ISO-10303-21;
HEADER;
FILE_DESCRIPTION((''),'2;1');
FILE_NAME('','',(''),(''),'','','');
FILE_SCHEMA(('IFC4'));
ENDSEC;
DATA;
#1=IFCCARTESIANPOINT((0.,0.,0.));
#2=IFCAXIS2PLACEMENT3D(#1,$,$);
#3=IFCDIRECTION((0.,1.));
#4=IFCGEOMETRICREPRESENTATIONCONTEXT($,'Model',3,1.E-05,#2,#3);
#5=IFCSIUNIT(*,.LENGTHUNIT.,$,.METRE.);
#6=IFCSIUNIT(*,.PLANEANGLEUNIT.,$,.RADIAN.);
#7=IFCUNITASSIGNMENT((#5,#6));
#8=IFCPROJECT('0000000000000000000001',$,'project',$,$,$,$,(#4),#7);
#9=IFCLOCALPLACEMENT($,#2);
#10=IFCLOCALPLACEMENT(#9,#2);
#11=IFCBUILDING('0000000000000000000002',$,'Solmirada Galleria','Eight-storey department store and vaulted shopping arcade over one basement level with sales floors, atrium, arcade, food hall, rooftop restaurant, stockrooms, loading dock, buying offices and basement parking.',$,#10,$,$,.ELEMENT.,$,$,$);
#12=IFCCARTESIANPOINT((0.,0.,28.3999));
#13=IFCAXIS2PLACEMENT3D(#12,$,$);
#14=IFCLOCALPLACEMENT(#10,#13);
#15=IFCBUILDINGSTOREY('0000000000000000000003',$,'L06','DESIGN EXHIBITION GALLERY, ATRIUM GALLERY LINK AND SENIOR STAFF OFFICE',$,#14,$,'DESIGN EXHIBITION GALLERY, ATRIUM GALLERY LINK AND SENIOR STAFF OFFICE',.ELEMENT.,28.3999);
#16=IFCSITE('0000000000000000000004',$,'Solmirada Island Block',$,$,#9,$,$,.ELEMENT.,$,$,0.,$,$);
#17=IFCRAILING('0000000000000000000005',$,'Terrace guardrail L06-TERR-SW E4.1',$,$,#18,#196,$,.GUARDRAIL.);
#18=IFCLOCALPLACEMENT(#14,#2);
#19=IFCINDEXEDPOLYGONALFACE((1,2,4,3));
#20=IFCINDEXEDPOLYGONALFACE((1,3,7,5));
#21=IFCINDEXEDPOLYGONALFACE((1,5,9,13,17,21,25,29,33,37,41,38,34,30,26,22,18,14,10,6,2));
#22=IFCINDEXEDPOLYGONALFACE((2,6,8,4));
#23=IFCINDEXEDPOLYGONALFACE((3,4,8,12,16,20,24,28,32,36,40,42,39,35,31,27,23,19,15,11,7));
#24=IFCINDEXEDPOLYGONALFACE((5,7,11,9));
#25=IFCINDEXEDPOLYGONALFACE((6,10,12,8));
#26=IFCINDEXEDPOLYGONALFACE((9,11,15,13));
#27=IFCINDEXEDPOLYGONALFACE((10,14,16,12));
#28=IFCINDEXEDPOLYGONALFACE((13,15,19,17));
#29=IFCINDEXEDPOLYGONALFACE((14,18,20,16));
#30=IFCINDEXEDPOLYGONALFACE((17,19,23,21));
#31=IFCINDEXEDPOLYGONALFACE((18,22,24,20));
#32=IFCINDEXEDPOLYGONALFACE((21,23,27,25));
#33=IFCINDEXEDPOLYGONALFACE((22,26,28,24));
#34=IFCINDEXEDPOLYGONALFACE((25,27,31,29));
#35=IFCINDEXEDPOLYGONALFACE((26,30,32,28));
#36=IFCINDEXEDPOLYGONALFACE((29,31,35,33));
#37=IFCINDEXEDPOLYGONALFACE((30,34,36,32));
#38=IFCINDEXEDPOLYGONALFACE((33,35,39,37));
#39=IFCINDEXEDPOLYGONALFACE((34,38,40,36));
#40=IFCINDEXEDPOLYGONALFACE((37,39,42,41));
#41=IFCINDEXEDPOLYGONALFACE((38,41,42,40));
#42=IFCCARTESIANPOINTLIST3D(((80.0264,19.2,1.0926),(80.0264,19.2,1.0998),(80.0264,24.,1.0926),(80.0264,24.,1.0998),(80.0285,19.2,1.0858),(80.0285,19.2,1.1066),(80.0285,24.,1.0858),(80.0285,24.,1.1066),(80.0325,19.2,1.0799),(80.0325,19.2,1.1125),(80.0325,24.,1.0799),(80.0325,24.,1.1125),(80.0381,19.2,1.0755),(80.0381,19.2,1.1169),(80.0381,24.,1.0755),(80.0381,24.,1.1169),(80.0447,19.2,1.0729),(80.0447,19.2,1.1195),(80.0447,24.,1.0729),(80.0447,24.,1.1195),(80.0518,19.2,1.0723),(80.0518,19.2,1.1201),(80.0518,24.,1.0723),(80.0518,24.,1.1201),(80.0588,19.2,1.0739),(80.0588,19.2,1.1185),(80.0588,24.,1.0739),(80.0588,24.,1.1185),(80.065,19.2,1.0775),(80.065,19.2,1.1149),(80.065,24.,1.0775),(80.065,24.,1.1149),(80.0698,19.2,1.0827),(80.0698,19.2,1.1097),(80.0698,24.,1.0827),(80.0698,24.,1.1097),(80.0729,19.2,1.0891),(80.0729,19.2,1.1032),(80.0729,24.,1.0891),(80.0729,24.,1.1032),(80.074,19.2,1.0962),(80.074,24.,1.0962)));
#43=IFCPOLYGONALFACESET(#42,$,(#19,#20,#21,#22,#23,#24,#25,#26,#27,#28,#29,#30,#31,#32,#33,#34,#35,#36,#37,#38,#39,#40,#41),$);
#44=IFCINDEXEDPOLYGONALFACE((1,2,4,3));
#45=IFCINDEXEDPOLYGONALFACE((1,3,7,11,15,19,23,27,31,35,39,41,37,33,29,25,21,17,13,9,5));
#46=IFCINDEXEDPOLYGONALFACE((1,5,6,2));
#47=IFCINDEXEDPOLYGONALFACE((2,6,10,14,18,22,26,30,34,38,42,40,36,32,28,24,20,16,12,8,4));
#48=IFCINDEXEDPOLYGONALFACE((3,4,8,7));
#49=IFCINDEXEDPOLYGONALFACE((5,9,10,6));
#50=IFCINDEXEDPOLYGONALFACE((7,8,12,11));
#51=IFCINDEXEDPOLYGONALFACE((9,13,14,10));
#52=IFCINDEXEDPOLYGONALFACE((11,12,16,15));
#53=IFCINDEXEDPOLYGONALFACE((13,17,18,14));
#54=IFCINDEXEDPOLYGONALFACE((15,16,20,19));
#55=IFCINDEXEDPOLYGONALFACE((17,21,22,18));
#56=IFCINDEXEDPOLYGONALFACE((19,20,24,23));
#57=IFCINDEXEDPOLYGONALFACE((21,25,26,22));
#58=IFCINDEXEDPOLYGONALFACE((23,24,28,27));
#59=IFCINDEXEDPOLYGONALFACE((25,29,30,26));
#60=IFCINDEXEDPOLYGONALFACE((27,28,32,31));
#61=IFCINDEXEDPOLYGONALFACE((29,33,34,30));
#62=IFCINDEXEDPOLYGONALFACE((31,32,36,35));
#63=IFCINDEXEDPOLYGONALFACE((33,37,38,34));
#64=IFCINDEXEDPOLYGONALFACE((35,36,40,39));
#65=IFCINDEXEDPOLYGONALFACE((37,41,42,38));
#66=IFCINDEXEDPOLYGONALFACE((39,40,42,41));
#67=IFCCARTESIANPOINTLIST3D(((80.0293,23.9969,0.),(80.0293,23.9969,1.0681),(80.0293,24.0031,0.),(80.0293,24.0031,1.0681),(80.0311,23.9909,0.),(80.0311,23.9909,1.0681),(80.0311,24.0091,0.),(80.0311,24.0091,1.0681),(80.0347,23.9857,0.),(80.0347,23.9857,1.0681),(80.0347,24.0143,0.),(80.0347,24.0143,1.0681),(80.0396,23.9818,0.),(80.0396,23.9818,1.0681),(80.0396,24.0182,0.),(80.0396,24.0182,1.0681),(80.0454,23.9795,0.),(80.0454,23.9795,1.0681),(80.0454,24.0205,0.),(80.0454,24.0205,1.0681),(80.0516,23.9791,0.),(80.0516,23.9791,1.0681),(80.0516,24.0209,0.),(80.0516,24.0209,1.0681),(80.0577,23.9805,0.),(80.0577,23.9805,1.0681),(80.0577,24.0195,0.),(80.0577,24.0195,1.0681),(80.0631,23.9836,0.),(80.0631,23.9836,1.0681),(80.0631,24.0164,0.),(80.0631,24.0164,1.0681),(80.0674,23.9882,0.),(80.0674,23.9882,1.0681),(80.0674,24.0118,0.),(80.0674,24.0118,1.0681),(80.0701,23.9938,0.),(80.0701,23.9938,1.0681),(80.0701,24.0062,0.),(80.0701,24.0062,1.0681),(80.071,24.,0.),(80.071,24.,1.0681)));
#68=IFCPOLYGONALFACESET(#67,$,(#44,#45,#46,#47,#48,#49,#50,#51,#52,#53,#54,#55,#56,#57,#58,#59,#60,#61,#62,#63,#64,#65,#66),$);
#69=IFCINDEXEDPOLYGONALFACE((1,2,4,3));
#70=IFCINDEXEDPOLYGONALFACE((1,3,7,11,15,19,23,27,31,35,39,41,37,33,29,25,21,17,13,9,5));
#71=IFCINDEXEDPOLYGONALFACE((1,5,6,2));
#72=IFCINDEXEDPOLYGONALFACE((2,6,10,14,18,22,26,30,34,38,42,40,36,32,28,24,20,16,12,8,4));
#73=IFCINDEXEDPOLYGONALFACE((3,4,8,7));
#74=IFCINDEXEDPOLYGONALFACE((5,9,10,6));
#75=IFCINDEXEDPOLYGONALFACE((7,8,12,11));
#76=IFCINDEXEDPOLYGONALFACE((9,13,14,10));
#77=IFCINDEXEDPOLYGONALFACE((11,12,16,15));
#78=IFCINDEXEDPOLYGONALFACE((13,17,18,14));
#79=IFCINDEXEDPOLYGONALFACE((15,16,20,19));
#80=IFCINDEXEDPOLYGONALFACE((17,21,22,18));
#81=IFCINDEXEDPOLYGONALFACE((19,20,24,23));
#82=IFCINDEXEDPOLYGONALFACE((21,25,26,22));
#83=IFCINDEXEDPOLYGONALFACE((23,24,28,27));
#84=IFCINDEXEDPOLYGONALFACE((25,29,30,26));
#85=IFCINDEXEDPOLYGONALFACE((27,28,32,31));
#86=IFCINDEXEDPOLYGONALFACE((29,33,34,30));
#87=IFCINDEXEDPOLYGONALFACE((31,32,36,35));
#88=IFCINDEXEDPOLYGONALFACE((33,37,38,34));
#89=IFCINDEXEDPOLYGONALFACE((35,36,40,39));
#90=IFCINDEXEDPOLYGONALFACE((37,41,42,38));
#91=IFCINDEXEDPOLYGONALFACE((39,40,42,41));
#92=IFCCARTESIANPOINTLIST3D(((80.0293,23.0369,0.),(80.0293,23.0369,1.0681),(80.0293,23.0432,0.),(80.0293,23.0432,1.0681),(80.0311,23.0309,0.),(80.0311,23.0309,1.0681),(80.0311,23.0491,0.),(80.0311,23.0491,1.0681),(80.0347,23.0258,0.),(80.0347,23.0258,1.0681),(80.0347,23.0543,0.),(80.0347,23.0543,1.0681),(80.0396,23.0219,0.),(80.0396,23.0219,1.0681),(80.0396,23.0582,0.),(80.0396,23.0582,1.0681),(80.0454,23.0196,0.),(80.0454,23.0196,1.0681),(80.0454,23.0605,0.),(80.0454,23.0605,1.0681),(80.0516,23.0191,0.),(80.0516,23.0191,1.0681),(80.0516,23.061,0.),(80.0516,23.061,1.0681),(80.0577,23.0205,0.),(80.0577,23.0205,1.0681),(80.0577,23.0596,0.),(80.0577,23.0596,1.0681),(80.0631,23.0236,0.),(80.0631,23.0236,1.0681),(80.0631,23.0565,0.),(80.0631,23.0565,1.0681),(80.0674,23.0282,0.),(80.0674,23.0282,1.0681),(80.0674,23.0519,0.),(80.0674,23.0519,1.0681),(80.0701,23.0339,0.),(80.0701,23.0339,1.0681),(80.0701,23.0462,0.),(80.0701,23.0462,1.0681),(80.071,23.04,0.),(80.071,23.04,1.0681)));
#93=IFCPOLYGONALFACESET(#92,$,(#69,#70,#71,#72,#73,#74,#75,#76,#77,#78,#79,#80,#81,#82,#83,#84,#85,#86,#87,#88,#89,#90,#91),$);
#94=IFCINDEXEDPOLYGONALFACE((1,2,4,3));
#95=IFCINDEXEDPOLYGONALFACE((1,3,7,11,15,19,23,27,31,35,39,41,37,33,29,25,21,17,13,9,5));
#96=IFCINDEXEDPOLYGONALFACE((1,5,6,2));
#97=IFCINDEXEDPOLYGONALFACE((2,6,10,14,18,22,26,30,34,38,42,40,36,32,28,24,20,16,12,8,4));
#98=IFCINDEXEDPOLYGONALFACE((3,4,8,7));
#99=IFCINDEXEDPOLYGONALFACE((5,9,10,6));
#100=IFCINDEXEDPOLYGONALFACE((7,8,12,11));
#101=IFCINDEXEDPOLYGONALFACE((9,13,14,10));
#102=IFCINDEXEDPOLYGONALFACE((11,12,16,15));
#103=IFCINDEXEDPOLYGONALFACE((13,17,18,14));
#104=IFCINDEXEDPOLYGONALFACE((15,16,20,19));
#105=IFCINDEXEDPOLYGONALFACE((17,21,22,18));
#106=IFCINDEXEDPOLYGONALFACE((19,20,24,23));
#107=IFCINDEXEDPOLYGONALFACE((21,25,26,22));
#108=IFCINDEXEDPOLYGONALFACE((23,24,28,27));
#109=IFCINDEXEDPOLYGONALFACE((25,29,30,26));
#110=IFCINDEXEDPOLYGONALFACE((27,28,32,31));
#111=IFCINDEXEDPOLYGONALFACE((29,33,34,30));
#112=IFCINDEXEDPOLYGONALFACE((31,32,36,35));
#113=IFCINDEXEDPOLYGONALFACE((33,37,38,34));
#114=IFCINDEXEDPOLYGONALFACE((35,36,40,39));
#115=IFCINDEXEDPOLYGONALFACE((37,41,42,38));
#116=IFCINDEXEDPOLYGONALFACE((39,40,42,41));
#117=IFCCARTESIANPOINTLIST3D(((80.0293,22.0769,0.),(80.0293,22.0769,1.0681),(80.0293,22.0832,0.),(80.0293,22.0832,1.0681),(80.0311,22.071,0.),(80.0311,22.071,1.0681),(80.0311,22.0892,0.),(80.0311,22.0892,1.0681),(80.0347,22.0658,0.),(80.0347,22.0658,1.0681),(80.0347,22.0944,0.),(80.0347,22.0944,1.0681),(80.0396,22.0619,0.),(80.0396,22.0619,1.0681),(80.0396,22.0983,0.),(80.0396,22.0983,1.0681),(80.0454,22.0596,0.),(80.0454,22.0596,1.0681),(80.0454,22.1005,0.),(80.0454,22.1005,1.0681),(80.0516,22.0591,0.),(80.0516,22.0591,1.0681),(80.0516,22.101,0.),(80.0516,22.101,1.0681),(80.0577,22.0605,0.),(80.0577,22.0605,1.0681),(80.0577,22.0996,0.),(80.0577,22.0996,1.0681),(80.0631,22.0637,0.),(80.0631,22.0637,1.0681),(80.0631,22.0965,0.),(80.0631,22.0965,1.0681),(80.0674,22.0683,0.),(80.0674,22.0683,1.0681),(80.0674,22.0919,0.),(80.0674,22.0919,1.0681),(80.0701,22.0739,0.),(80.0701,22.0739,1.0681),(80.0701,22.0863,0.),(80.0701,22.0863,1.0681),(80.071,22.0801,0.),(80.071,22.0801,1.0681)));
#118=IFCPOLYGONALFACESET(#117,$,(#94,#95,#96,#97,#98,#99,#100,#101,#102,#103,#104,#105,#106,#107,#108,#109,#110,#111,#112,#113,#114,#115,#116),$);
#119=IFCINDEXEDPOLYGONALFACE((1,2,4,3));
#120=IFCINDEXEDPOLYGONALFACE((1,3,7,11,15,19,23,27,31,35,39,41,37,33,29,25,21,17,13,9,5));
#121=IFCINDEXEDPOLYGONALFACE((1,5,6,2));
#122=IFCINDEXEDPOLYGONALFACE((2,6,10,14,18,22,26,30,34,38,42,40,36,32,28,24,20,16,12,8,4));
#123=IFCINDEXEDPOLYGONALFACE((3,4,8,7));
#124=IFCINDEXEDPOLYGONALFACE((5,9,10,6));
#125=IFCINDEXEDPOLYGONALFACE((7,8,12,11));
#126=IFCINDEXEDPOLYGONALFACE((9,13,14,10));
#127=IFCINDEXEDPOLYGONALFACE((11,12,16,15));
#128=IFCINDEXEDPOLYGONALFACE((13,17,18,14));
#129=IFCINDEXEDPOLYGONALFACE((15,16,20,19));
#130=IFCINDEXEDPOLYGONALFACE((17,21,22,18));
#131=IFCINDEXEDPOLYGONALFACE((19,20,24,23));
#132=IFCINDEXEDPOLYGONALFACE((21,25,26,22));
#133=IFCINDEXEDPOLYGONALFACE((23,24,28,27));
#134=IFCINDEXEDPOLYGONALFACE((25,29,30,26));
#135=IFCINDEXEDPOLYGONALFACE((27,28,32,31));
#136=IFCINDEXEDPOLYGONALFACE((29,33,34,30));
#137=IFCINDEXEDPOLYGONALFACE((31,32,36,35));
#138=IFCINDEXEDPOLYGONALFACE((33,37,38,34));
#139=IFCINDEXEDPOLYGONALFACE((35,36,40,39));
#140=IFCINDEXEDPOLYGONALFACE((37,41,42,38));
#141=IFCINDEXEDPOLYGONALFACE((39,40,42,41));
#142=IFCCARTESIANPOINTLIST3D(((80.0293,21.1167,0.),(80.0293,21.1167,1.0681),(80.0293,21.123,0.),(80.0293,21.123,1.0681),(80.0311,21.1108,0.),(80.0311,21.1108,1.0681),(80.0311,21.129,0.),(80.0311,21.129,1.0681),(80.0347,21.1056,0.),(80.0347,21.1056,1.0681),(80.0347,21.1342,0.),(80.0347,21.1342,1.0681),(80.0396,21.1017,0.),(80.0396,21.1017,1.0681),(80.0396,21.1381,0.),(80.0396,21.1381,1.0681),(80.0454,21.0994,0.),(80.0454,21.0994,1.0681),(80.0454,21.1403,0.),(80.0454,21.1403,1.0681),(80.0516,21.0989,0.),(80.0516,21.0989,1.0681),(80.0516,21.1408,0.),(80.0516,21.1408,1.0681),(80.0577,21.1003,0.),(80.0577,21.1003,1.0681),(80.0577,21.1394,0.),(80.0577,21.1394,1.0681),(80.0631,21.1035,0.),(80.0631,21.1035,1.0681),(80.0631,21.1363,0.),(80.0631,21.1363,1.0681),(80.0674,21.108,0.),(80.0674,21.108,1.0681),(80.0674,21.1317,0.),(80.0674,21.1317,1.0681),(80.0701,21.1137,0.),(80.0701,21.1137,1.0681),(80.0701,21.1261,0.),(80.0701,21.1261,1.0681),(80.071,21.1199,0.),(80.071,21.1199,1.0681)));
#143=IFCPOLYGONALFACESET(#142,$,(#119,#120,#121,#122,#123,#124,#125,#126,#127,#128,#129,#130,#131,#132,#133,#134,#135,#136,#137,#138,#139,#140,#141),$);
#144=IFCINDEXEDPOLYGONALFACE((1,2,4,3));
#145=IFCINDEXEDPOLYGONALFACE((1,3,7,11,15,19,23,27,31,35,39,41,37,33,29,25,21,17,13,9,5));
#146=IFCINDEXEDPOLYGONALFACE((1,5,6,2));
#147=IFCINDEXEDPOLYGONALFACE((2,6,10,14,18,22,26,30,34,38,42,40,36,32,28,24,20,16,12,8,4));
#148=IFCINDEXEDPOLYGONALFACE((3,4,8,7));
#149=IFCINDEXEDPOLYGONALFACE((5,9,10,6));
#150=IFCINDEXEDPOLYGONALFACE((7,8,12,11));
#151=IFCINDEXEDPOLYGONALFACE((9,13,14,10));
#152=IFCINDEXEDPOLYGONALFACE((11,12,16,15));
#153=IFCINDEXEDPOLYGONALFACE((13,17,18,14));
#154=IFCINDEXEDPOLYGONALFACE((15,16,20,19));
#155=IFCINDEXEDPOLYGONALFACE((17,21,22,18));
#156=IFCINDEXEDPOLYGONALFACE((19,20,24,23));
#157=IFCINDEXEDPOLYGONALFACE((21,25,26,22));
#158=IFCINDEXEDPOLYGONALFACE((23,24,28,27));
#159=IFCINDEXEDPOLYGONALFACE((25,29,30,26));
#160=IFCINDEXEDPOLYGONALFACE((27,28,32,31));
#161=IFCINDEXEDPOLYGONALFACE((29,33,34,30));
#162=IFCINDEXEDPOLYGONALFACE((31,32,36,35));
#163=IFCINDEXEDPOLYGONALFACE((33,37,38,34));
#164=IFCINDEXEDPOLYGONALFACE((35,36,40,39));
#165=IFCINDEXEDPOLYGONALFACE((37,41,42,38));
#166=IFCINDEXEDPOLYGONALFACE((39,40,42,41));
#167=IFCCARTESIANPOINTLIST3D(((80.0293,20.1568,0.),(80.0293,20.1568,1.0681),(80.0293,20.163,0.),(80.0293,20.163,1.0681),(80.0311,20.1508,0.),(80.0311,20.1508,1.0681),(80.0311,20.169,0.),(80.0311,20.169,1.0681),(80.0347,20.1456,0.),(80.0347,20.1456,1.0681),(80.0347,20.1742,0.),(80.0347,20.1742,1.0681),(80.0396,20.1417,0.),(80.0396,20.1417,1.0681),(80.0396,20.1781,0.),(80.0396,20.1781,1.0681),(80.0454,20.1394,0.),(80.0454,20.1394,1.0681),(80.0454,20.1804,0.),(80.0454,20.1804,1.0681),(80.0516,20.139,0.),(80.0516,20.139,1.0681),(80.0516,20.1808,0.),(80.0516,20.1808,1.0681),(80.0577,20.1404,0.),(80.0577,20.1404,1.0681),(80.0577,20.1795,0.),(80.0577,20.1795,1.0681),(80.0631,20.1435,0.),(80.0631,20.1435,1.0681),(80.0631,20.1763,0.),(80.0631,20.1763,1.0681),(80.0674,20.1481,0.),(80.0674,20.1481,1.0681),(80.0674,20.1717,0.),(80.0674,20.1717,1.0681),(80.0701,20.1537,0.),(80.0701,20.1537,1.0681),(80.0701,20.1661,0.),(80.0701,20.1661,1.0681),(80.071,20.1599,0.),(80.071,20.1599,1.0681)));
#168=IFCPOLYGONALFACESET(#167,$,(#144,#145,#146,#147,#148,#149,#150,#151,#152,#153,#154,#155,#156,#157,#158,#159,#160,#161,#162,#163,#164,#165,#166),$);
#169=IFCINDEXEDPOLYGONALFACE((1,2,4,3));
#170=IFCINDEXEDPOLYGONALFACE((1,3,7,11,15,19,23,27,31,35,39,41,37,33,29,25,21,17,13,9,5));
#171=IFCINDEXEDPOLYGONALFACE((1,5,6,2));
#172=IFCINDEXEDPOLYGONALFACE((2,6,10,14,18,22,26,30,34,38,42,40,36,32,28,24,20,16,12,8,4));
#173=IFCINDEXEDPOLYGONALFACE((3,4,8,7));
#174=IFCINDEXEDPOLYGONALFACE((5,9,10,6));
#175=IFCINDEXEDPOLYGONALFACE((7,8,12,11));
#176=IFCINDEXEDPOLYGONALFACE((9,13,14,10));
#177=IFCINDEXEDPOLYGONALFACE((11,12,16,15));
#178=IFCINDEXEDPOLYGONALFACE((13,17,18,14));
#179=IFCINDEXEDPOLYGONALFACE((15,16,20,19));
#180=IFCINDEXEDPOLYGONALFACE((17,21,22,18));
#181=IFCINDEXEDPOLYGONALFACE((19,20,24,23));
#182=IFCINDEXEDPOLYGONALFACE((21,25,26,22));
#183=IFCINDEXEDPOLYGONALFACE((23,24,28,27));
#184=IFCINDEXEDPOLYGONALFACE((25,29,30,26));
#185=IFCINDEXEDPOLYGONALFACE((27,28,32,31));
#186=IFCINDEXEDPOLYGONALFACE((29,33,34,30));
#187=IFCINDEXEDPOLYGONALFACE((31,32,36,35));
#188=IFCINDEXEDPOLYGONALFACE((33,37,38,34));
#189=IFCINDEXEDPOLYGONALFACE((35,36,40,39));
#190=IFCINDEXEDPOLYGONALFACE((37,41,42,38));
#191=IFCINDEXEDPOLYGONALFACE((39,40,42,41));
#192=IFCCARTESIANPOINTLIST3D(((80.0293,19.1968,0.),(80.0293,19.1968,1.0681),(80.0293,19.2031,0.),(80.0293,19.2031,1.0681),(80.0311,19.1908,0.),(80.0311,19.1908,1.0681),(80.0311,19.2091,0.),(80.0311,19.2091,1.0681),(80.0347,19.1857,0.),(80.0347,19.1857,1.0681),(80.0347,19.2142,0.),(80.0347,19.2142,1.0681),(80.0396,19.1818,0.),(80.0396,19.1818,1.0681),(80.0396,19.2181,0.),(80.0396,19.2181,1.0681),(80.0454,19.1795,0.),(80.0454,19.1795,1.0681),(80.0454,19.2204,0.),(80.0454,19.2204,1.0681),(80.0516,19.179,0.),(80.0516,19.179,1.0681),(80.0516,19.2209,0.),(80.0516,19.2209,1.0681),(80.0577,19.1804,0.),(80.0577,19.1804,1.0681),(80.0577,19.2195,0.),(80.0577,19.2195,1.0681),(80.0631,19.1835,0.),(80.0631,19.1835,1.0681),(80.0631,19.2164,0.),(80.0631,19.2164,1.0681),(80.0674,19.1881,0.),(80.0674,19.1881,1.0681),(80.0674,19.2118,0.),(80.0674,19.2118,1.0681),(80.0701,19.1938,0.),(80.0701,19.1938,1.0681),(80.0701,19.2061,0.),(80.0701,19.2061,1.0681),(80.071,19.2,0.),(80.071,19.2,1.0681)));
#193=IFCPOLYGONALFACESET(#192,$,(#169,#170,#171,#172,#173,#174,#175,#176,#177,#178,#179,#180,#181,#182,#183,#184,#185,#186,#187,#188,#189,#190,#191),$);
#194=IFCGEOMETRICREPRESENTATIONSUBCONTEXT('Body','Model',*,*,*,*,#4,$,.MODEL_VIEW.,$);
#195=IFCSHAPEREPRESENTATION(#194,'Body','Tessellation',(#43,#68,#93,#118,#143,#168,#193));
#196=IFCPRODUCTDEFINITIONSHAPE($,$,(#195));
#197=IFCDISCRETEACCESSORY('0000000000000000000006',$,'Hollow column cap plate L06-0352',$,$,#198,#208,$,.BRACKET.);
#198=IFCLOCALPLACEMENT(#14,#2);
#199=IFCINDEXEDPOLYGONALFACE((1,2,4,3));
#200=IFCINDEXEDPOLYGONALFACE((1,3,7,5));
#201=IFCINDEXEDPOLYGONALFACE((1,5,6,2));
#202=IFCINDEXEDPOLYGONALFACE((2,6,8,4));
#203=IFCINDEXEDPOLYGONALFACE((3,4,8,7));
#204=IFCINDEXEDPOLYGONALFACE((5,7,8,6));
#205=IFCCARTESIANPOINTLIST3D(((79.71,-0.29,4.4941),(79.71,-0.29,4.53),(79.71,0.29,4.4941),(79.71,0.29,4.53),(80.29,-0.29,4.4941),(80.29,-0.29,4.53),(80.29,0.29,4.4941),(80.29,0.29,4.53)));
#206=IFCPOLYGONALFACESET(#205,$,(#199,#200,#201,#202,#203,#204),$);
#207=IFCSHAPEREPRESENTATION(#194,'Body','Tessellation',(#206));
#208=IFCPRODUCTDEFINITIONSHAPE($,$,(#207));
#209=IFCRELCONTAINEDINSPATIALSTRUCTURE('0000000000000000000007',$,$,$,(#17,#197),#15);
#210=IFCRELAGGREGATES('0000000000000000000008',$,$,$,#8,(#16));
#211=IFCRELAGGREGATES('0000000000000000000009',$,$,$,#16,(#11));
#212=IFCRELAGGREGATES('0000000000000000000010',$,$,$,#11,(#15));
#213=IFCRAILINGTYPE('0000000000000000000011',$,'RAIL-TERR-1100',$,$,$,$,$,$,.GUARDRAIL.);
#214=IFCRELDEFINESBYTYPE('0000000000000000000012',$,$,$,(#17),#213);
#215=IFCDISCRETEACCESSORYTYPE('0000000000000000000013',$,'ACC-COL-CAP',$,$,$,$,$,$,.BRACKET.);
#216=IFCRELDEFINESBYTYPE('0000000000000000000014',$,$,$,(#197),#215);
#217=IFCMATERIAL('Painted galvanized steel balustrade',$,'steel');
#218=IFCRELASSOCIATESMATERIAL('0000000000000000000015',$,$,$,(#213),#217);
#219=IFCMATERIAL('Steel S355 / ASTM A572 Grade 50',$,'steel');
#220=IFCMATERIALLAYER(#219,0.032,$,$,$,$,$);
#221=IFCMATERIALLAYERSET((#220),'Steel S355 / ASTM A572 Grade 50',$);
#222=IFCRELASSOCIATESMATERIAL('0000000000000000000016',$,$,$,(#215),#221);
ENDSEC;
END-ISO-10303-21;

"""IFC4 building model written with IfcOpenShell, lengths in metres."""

from ifc_helpers import new_model, si_unit, direction, frame, origin, origin_2d, place, context, subcontext, project, spatial, rectangle, circle, extrude, material, layer, layer_set, type_object, element, save


model = new_model("IFC4")

# Units and contexts
model_context = context("Model", 3, precision=1e-05, world=origin(), true_north=direction((0.0, 1.0)))
body_context = subcontext(model_context, "Body", "Model", "MODEL_VIEW")
ifc_project = project(units=[si_unit("LENGTHUNIT", "METRE"), si_unit("PLANEANGLEUNIT", "RADIAN")], contexts=[model_context])

# Site, building, storey
site_placement = place(None, origin())
site = spatial("IfcSite", under=ifc_project, at=site_placement, Name="Solmirada Island Block", CompositionType="ELEMENT", RefElevation=0.0)
building_placement = place(site_placement, origin())
building = spatial("IfcBuilding", under=site, at=building_placement, Name="Solmirada Galleria", Description="Eight-storey department store and vaulted shopping arcade over one basement level with sales floors, atrium, arcade, food hall, rooftop restaurant, stockrooms, loading dock, buying offices and basement parking.", CompositionType="ELEMENT")
storey_placement = place(building_placement, frame((0.0, 0.0, 28.3999)))
storey = spatial("IfcBuildingStorey", under=building, at=storey_placement, Name="L06", Description="DESIGN EXHIBITION GALLERY, ATRIUM GALLERY LINK AND SENIOR STAFF OFFICE", LongName="DESIGN EXHIBITION GALLERY, ATRIUM GALLERY LINK AND SENIOR STAFF OFFICE", CompositionType="ELEMENT", Elevation=28.3999)

# Railing
ifc_material_1 = material(Name="Painted galvanized steel balustrade", Category="steel")
railing_type = type_object("IfcRailingType", Name="RAIL-TERR-1100", PredefinedType="GUARDRAIL", material=ifc_material_1)
railing_placement = place(storey_placement, frame((80.05, 24.0, 0.0)))
element("IfcRailing", 1, at=railing_placement, inside=storey, type_object=railing_type, Name="Terrace guardrail L06-TERR-SW E4.1", PredefinedType="GUARDRAIL", context=body_context, shape_type="SweptSolid", body=[
    extrude(circle(Radius=0.0239, at=origin_2d()), frame((0.0, 0.0, 1.0962), z_axis=(0.0, -1.0, 0.0), x_axis=(1.0, 0.0, 0.0)), (0.0, 0.0, 1.0), 4.8),
    extrude(circle(Radius=0.021, at=origin_2d()), origin(), (0.0, 0.0, 1.0), 1.0681),
    extrude(circle(Radius=0.021, at=origin_2d()), frame((0.0, -0.96, 0.0)), (0.0, 0.0, 1.0), 1.0681),
    extrude(circle(Radius=0.021, at=origin_2d()), frame((0.0, -1.9199, 0.0)), (0.0, 0.0, 1.0), 1.0681),
    extrude(circle(Radius=0.021, at=origin_2d()), frame((0.0, -2.8801, 0.0)), (0.0, 0.0, 1.0), 1.0681),
    extrude(circle(Radius=0.021, at=origin_2d()), frame((0.0, -3.8401, 0.0)), (0.0, 0.0, 1.0), 1.0681),
    extrude(circle(Radius=0.021, at=origin_2d()), frame((0.0, -4.8, 0.0)), (0.0, 0.0, 1.0), 1.0681),
])

# Discrete accessory
ifc_material_2 = material(Name="Steel S355 / ASTM A572 Grade 50", Category="steel")
ifc_layer_1 = layer(ifc_material_2, 0.032)
ifc_layer_set_1 = layer_set([ifc_layer_1], Name="Steel S355 / ASTM A572 Grade 50")
discrete_accessory_type = type_object("IfcDiscreteAccessoryType", Name="ACC-COL-CAP", PredefinedType="BRACKET", material=ifc_layer_set_1)
discrete_accessory_placement = place(storey_placement, frame((80.0, 0.0, 4.4941), z_axis=(0.0, 0.0, 1.0), x_axis=(1.0, 0.0, 0.0)))
element("IfcDiscreteAccessory", 2, at=discrete_accessory_placement, inside=storey, type_object=discrete_accessory_type, Name="Hollow column cap plate L06-0352", PredefinedType="BRACKET", context=body_context, shape_type="SweptSolid", body=[
    extrude(rectangle(XDim=0.5801, YDim=0.5801, at=origin_2d()), origin(), (0.0, 0.0, 1.0), 0.0359),
])

save(model, "model.ifc")
